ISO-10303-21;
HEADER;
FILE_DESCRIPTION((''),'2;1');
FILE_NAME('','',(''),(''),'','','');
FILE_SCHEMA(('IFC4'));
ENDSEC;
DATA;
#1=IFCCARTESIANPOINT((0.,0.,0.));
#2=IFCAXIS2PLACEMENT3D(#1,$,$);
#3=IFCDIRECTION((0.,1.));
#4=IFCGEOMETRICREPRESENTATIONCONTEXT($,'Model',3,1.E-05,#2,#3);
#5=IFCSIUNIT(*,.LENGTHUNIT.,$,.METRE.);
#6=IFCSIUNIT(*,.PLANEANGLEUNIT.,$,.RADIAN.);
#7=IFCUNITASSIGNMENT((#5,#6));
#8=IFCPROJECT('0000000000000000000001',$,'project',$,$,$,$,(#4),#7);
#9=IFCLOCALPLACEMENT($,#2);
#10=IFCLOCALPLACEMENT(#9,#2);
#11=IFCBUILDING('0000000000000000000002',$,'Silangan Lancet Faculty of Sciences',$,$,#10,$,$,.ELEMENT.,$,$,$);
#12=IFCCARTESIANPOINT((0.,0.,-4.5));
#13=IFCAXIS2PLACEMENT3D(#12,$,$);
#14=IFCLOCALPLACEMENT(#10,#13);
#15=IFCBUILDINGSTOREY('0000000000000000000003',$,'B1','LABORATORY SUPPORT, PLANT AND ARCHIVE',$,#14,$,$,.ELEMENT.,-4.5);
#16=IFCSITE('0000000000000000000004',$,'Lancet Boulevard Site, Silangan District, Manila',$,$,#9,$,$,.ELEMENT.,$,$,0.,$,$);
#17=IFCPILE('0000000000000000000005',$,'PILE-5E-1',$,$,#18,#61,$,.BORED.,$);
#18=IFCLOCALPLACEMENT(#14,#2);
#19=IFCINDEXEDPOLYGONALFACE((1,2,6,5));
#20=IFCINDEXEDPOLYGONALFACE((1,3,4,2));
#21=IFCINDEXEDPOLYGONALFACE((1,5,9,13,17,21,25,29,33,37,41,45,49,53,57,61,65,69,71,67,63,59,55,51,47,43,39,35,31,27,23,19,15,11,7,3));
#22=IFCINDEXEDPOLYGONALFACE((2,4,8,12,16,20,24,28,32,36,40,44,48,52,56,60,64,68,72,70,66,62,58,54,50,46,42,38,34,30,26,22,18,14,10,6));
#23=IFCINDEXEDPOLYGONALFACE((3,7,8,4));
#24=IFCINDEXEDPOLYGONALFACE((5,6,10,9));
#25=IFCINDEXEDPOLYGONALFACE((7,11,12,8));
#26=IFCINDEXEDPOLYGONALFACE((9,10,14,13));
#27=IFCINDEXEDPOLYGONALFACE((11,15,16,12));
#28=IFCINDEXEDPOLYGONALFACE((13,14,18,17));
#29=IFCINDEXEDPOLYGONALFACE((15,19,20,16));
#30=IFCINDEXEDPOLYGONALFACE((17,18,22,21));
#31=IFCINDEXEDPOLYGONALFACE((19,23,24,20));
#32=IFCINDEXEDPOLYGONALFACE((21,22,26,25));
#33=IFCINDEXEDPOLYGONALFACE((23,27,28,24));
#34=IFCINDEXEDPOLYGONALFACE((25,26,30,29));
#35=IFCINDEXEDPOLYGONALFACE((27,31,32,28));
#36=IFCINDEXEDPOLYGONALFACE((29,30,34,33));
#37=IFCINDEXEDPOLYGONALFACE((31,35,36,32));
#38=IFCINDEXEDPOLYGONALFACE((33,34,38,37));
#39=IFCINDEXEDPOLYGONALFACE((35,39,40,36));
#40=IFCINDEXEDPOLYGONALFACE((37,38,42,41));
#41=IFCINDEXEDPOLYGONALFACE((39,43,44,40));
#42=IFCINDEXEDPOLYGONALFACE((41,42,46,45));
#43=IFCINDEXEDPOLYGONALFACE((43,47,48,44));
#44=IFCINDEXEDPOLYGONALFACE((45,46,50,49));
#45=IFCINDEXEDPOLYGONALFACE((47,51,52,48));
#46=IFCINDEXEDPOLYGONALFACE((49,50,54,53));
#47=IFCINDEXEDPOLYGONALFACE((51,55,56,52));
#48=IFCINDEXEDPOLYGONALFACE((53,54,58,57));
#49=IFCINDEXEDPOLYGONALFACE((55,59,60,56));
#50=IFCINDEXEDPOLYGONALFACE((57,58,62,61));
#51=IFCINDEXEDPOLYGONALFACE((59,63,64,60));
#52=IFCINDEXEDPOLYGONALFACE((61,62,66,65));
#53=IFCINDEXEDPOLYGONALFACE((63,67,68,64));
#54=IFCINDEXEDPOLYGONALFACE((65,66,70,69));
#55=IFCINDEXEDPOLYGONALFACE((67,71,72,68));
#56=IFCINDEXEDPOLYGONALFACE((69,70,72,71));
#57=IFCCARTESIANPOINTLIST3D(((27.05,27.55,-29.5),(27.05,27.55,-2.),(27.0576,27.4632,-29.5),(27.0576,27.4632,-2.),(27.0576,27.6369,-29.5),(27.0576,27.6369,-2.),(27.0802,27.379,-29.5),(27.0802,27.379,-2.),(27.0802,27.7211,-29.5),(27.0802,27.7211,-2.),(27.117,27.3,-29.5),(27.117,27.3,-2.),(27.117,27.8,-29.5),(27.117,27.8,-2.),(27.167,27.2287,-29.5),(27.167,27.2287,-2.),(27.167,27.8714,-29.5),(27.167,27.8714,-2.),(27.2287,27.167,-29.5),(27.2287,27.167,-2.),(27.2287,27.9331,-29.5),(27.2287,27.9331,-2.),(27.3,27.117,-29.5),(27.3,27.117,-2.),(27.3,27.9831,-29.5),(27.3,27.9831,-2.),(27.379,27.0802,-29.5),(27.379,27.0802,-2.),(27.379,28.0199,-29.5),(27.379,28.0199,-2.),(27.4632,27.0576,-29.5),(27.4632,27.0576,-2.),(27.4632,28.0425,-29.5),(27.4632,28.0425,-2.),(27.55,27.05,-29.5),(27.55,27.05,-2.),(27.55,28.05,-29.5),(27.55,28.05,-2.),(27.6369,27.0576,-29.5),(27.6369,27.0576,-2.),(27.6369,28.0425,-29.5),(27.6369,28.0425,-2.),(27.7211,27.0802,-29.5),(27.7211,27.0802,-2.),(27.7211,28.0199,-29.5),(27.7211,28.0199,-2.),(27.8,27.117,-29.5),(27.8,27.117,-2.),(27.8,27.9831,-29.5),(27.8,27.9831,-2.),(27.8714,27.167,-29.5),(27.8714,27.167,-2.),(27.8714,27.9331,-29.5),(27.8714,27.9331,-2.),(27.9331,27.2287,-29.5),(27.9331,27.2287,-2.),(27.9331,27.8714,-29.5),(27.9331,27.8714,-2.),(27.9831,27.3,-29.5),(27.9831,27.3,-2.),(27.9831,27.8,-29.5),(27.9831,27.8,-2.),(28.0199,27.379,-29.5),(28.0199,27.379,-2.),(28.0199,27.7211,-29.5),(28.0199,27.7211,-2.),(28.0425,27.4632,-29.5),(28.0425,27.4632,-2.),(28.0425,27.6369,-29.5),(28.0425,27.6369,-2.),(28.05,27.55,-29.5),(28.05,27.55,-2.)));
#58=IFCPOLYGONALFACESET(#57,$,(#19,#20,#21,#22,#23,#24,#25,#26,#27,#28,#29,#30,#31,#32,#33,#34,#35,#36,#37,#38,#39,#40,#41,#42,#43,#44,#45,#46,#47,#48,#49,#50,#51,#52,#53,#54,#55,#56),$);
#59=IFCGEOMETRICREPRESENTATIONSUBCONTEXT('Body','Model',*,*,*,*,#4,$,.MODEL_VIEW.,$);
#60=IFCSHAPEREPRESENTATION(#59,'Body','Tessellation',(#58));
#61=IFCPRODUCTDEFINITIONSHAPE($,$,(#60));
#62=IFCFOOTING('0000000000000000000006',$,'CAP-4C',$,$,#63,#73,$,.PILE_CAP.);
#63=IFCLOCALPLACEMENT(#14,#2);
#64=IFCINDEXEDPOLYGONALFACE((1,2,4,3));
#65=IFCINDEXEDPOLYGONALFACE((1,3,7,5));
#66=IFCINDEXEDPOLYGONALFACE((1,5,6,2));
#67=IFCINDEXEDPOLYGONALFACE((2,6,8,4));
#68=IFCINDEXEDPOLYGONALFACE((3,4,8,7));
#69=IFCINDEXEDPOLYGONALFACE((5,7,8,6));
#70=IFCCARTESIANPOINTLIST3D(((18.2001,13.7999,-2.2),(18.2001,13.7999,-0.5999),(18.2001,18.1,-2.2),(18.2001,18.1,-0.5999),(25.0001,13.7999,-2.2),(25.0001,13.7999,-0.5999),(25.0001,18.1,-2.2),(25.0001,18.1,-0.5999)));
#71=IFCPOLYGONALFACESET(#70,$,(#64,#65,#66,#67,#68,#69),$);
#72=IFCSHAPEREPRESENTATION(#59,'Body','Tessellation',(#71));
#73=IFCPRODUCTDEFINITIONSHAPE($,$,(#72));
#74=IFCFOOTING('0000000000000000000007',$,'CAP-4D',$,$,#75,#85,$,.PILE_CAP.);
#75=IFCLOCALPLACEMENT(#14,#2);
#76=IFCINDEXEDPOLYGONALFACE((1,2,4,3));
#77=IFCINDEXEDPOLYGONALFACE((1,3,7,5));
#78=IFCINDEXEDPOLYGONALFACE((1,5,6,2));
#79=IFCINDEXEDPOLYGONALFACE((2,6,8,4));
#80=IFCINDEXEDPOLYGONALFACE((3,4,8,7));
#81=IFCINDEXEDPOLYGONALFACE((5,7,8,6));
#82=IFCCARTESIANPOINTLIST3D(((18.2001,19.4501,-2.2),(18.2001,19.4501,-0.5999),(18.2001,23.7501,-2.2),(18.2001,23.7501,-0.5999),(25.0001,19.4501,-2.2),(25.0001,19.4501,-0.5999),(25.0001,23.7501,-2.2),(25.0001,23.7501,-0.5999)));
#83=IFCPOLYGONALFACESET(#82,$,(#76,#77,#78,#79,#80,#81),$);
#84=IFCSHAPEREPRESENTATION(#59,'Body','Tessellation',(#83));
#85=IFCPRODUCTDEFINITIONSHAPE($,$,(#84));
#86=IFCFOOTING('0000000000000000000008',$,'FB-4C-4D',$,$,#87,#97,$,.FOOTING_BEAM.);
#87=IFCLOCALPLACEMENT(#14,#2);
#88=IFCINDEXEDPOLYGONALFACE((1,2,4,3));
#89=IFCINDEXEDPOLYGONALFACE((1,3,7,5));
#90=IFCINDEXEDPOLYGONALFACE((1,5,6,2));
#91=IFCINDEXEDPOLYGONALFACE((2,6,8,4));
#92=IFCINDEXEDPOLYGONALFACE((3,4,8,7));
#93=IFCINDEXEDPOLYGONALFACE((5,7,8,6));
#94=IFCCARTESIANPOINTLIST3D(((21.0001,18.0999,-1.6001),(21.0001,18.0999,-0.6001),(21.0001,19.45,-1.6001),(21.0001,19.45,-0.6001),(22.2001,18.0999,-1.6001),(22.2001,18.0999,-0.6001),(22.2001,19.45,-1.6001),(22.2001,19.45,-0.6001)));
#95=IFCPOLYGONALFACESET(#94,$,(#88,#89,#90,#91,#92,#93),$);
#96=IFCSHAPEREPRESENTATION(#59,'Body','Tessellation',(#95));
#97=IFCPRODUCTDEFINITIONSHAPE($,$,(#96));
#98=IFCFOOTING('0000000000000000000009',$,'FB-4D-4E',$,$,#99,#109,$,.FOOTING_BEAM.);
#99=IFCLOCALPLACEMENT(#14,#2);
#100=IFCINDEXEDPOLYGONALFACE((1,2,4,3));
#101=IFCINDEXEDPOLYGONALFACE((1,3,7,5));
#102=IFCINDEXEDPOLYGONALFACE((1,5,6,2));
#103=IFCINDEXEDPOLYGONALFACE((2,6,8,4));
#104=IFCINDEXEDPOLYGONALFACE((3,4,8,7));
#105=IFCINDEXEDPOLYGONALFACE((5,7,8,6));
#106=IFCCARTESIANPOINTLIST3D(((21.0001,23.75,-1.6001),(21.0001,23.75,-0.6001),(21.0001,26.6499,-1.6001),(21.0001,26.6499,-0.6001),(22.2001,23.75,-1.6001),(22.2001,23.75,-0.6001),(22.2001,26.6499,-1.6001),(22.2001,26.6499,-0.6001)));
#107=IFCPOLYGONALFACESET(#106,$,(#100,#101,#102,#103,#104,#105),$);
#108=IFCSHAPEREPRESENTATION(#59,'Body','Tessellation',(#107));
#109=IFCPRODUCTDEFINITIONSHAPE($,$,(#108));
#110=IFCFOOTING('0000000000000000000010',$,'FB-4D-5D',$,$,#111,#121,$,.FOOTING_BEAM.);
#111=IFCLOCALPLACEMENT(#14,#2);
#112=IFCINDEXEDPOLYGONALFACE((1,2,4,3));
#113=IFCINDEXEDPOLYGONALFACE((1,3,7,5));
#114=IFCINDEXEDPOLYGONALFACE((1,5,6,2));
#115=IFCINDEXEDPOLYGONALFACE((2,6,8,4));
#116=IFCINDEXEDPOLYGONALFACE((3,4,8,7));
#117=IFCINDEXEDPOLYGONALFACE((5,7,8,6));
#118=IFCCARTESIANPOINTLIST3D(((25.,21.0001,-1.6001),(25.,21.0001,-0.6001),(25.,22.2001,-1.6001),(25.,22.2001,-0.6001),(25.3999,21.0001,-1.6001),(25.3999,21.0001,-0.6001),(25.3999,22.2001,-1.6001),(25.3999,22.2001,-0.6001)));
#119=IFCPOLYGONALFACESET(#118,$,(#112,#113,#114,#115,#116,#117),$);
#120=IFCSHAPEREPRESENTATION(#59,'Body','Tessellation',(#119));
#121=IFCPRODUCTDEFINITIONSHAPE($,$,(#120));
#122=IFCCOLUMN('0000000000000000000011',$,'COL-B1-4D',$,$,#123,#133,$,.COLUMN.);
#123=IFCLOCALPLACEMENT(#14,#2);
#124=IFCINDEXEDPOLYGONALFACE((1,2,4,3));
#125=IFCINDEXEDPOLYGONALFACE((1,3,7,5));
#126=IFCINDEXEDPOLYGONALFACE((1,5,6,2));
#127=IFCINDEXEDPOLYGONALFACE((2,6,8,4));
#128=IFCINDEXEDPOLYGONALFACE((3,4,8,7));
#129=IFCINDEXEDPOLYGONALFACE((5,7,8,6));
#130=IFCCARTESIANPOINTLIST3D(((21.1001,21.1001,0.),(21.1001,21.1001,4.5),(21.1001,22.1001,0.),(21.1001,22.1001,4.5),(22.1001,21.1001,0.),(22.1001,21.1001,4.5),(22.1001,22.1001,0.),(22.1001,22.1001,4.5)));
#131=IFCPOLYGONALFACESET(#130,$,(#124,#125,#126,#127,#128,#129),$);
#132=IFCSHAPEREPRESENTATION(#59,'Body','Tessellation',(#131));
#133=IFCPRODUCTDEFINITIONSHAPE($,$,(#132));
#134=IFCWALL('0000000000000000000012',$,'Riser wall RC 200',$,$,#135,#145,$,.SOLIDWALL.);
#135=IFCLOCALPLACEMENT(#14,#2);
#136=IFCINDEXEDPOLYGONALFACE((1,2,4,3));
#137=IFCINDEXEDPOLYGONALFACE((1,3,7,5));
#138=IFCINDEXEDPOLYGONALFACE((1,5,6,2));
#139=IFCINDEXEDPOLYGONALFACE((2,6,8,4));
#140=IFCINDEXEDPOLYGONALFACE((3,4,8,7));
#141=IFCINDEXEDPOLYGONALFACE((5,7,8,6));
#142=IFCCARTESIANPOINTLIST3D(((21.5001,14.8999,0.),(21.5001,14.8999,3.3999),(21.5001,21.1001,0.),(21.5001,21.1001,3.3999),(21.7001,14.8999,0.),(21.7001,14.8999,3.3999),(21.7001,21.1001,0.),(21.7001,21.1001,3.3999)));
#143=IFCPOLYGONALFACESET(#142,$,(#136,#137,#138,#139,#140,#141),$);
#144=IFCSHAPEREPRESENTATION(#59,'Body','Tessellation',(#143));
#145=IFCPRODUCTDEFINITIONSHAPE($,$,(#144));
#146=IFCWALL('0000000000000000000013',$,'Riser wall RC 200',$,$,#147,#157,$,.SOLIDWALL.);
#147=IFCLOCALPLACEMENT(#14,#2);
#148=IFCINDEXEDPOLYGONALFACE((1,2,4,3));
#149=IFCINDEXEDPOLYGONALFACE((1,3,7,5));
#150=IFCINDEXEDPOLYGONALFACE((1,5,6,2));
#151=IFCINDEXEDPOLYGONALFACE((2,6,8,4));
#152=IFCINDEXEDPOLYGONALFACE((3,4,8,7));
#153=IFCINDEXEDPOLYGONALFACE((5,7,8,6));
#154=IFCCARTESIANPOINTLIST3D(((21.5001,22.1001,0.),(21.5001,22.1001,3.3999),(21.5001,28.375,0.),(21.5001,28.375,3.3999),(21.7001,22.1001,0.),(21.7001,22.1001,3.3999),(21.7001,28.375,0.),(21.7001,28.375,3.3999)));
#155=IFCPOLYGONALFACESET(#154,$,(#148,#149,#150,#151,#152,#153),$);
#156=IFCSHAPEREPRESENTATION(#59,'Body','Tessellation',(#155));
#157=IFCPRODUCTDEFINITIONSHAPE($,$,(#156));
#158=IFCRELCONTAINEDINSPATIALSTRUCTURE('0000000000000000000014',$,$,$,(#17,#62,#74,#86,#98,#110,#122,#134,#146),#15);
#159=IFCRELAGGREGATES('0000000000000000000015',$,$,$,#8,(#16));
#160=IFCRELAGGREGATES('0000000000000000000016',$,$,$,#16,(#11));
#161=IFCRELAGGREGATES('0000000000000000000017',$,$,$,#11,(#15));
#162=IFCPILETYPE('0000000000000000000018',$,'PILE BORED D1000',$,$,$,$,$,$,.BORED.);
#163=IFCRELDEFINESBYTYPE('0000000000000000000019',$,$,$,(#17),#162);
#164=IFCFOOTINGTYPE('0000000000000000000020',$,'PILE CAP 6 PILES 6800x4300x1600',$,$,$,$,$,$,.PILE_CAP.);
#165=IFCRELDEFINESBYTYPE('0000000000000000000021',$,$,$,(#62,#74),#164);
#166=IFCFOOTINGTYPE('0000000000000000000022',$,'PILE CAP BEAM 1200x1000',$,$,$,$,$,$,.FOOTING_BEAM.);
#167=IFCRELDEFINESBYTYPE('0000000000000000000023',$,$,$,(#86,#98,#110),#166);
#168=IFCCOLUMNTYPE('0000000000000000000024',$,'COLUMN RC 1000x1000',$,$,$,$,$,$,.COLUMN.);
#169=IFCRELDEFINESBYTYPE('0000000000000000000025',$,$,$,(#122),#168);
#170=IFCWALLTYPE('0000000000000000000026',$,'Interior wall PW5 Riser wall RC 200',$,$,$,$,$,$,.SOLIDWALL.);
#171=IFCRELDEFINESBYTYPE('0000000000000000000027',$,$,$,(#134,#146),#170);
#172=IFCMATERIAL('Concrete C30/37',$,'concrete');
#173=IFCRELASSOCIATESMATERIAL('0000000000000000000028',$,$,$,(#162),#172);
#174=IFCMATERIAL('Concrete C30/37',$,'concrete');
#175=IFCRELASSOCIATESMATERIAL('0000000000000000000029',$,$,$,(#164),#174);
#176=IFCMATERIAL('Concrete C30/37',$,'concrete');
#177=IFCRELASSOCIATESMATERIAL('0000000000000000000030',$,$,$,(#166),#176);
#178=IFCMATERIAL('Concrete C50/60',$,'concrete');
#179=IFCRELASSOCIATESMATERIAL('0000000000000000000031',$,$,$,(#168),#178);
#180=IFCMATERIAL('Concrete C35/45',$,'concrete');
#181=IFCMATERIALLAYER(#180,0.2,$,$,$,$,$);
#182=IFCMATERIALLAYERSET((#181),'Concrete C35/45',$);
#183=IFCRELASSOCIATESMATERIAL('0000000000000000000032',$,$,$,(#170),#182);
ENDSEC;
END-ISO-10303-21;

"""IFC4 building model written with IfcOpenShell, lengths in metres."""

from ifc_helpers import new_model, si_unit, direction, frame, frame_2d, origin, origin_2d, place, context, subcontext, project, spatial, rectangle, circle, extrude, material, layer, layer_set, material_profile, profile_set, type_object, element, save


model = new_model("IFC4")

# Units and contexts
model_context = context("Model", 3, precision=1e-05, world=origin(), true_north=direction((0.0, 1.0)))
body_context = subcontext(model_context, "Body", "Model", "MODEL_VIEW")
ifc_project = project(units=[si_unit("LENGTHUNIT", "METRE"), si_unit("PLANEANGLEUNIT", "RADIAN")], contexts=[model_context])

# Site, building, storey
site_placement = place(None, origin())
site = spatial("IfcSite", under=ifc_project, at=site_placement, Name="Lancet Boulevard Site, Silangan District, Manila", CompositionType="ELEMENT", RefElevation=0.0)
building_placement = place(site_placement, origin())
building = spatial("IfcBuilding", under=site, at=building_placement, Name="Silangan Lancet Faculty of Sciences", CompositionType="ELEMENT")
storey_placement = place(building_placement, frame((0.0, 0.0, -4.5)))
storey = spatial("IfcBuildingStorey", under=building, at=storey_placement, Name="B1", Description="LABORATORY SUPPORT, PLANT AND ARCHIVE", CompositionType="ELEMENT", Elevation=-4.5)

# Pile
ifc_material_1 = material(Name="Concrete C30/37", Category="concrete")
ifc_material_profile_1 = material_profile(ifc_material_1, circle(Radius=0.5, at=origin_2d()), Name="BORED PILE D1000")
ifc_profile_set_1 = profile_set([ifc_material_profile_1], Name="Concrete C30/37")
pile_type = type_object("IfcPileType", Name="PILE BORED D1000", PredefinedType="BORED", material=ifc_profile_set_1)
pile_1_placement = place(storey_placement, frame((27.55, 27.55, -2.0), z_axis=(0.0, 0.0, -1.0), x_axis=(1.0, 0.0, 0.0)))
element("IfcPile", 1, at=pile_1_placement, inside=storey, type_object=pile_type, Name="PILE-5E-1", PredefinedType="BORED", context=body_context, shape_type="SweptSolid", body=[
    extrude(circle(Radius=0.5, at=origin_2d()), origin(), (0.0, 0.0, 1.0), 27.5),
])

# Footings
ifc_material_2 = material(Name="Concrete C30/37", Category="concrete")
footing_type_1 = type_object("IfcFootingType", Name="PILE CAP 6 PILES 6800x4300x1600", PredefinedType="PILE_CAP", material=ifc_material_2)
for number, where, z_axis, x_axis, name in (
    (2, (21.6001, 15.95, -2.2), (0.0, 0.0, 1.0), (1.0, 0.0, 0.0), "CAP-4C"),
    (3, (21.6001, 21.6001, -2.2), (0.0, 0.0, 1.0), (1.0, 0.0, 0.0), "CAP-4D"),
):
    element("IfcFooting", number, at=place(storey_placement, frame(where, z_axis=z_axis, x_axis=x_axis)), inside=storey, type_object=footing_type_1, Name=name, PredefinedType="PILE_CAP", context=body_context, shape_type="SweptSolid", body=[
        extrude(rectangle(XDim=6.8, YDim=4.3, at=origin_2d()), origin(), (0.0, 0.0, 1.0), 1.6001),
    ])
ifc_material_3 = material(Name="Concrete C30/37", Category="concrete")
footing_type_2 = type_object("IfcFootingType", Name="PILE CAP BEAM 1200x1000", PredefinedType="FOOTING_BEAM", material=ifc_material_3)
footing_1_placement = place(storey_placement, frame((21.6001, 18.7749, -1.6001), z_axis=(0.0, 0.0, 1.0), x_axis=(0.0, 1.0, 0.0)))
element("IfcFooting", 4, at=footing_1_placement, inside=storey, type_object=footing_type_2, Name="FB-4C-4D", PredefinedType="FOOTING_BEAM", context=body_context, shape_type="SweptSolid", body=[
    extrude(rectangle(XDim=1.3501, YDim=1.2, at=origin_2d()), origin(), (0.0, 0.0, 1.0), 1.0),
])
footing_2_placement = place(storey_placement, frame((21.6001, 25.2, -1.6001), z_axis=(0.0, 0.0, 1.0), x_axis=(0.0, 1.0, 0.0)))
element("IfcFooting", 5, at=footing_2_placement, inside=storey, type_object=footing_type_2, Name="FB-4D-4E", PredefinedType="FOOTING_BEAM", context=body_context, shape_type="SweptSolid", body=[
    extrude(rectangle(XDim=2.8999, YDim=1.2, at=origin_2d()), origin(), (0.0, 0.0, 1.0), 1.0),
])
footing_3_placement = place(storey_placement, frame((25.2, 21.6001, -1.6001), z_axis=(0.0, 0.0, 1.0), x_axis=(1.0, 0.0, 0.0)))
element("IfcFooting", 6, at=footing_3_placement, inside=storey, type_object=footing_type_2, Name="FB-4D-5D", PredefinedType="FOOTING_BEAM", context=body_context, shape_type="SweptSolid", body=[
    extrude(rectangle(XDim=0.3999, YDim=1.2, at=origin_2d()), origin(), (0.0, 0.0, 1.0), 1.0),
])

# Column
ifc_material_4 = material(Name="Concrete C50/60", Category="concrete")
ifc_material_profile_2 = material_profile(ifc_material_4, rectangle(XDim=1.0, YDim=1.0, at=origin_2d()), Name="RC 1000x1000")
ifc_profile_set_2 = profile_set([ifc_material_profile_2], Name="Concrete C50/60")
column_type = type_object("IfcColumnType", Name="COLUMN RC 1000x1000", PredefinedType="COLUMN", material=ifc_profile_set_2)
column_placement = place(storey_placement, frame((21.6001, 21.6001, 0.0), z_axis=(0.0, 0.0, 1.0), x_axis=(1.0, 0.0, 0.0)))
element("IfcColumn", 7, at=column_placement, inside=storey, type_object=column_type, Name="COL-B1-4D", PredefinedType="COLUMN", context=body_context, shape_type="SweptSolid", body=[
    extrude(rectangle(XDim=1.0, YDim=1.0, at=origin_2d()), origin(), (0.0, 0.0, 1.0), 4.5),
])

# Walls
ifc_material_5 = material(Name="Concrete C35/45", Category="concrete")
ifc_layer = layer(ifc_material_5, 0.2)
ifc_layer_set = layer_set([ifc_layer], Name="Concrete C35/45")
wall_type = type_object("IfcWallType", Name="Interior wall PW5 Riser wall RC 200", PredefinedType="SOLIDWALL", material=ifc_layer_set)
wall_1_placement = place(storey_placement, frame((21.6001, 14.8999, 0.0), z_axis=(0.0, 0.0, 1.0), x_axis=(0.0, 1.0, 0.0)))
element("IfcWall", 8, at=wall_1_placement, inside=storey, type_object=wall_type, Name="Riser wall RC 200", PredefinedType="SOLIDWALL", context=body_context, shape_type="SweptSolid", body=[
    extrude(rectangle(XDim=6.2002, YDim=0.2, at=frame_2d((3.1001, 0.0))), origin(), (0.0, 0.0, 1.0), 3.3999),
])
wall_2_placement = place(storey_placement, frame((21.6001, 22.1001, 0.0), z_axis=(0.0, 0.0, 1.0), x_axis=(0.0, 1.0, 0.0)))
element("IfcWall", 9, at=wall_2_placement, inside=storey, type_object=wall_type, Name="Riser wall RC 200", PredefinedType="SOLIDWALL", context=body_context, shape_type="SweptSolid", body=[
    extrude(rectangle(XDim=6.2749, YDim=0.2, at=frame_2d((3.1375, 0.0))), origin(), (0.0, 0.0, 1.0), 3.3999),
])

save(model, "model.ifc")
